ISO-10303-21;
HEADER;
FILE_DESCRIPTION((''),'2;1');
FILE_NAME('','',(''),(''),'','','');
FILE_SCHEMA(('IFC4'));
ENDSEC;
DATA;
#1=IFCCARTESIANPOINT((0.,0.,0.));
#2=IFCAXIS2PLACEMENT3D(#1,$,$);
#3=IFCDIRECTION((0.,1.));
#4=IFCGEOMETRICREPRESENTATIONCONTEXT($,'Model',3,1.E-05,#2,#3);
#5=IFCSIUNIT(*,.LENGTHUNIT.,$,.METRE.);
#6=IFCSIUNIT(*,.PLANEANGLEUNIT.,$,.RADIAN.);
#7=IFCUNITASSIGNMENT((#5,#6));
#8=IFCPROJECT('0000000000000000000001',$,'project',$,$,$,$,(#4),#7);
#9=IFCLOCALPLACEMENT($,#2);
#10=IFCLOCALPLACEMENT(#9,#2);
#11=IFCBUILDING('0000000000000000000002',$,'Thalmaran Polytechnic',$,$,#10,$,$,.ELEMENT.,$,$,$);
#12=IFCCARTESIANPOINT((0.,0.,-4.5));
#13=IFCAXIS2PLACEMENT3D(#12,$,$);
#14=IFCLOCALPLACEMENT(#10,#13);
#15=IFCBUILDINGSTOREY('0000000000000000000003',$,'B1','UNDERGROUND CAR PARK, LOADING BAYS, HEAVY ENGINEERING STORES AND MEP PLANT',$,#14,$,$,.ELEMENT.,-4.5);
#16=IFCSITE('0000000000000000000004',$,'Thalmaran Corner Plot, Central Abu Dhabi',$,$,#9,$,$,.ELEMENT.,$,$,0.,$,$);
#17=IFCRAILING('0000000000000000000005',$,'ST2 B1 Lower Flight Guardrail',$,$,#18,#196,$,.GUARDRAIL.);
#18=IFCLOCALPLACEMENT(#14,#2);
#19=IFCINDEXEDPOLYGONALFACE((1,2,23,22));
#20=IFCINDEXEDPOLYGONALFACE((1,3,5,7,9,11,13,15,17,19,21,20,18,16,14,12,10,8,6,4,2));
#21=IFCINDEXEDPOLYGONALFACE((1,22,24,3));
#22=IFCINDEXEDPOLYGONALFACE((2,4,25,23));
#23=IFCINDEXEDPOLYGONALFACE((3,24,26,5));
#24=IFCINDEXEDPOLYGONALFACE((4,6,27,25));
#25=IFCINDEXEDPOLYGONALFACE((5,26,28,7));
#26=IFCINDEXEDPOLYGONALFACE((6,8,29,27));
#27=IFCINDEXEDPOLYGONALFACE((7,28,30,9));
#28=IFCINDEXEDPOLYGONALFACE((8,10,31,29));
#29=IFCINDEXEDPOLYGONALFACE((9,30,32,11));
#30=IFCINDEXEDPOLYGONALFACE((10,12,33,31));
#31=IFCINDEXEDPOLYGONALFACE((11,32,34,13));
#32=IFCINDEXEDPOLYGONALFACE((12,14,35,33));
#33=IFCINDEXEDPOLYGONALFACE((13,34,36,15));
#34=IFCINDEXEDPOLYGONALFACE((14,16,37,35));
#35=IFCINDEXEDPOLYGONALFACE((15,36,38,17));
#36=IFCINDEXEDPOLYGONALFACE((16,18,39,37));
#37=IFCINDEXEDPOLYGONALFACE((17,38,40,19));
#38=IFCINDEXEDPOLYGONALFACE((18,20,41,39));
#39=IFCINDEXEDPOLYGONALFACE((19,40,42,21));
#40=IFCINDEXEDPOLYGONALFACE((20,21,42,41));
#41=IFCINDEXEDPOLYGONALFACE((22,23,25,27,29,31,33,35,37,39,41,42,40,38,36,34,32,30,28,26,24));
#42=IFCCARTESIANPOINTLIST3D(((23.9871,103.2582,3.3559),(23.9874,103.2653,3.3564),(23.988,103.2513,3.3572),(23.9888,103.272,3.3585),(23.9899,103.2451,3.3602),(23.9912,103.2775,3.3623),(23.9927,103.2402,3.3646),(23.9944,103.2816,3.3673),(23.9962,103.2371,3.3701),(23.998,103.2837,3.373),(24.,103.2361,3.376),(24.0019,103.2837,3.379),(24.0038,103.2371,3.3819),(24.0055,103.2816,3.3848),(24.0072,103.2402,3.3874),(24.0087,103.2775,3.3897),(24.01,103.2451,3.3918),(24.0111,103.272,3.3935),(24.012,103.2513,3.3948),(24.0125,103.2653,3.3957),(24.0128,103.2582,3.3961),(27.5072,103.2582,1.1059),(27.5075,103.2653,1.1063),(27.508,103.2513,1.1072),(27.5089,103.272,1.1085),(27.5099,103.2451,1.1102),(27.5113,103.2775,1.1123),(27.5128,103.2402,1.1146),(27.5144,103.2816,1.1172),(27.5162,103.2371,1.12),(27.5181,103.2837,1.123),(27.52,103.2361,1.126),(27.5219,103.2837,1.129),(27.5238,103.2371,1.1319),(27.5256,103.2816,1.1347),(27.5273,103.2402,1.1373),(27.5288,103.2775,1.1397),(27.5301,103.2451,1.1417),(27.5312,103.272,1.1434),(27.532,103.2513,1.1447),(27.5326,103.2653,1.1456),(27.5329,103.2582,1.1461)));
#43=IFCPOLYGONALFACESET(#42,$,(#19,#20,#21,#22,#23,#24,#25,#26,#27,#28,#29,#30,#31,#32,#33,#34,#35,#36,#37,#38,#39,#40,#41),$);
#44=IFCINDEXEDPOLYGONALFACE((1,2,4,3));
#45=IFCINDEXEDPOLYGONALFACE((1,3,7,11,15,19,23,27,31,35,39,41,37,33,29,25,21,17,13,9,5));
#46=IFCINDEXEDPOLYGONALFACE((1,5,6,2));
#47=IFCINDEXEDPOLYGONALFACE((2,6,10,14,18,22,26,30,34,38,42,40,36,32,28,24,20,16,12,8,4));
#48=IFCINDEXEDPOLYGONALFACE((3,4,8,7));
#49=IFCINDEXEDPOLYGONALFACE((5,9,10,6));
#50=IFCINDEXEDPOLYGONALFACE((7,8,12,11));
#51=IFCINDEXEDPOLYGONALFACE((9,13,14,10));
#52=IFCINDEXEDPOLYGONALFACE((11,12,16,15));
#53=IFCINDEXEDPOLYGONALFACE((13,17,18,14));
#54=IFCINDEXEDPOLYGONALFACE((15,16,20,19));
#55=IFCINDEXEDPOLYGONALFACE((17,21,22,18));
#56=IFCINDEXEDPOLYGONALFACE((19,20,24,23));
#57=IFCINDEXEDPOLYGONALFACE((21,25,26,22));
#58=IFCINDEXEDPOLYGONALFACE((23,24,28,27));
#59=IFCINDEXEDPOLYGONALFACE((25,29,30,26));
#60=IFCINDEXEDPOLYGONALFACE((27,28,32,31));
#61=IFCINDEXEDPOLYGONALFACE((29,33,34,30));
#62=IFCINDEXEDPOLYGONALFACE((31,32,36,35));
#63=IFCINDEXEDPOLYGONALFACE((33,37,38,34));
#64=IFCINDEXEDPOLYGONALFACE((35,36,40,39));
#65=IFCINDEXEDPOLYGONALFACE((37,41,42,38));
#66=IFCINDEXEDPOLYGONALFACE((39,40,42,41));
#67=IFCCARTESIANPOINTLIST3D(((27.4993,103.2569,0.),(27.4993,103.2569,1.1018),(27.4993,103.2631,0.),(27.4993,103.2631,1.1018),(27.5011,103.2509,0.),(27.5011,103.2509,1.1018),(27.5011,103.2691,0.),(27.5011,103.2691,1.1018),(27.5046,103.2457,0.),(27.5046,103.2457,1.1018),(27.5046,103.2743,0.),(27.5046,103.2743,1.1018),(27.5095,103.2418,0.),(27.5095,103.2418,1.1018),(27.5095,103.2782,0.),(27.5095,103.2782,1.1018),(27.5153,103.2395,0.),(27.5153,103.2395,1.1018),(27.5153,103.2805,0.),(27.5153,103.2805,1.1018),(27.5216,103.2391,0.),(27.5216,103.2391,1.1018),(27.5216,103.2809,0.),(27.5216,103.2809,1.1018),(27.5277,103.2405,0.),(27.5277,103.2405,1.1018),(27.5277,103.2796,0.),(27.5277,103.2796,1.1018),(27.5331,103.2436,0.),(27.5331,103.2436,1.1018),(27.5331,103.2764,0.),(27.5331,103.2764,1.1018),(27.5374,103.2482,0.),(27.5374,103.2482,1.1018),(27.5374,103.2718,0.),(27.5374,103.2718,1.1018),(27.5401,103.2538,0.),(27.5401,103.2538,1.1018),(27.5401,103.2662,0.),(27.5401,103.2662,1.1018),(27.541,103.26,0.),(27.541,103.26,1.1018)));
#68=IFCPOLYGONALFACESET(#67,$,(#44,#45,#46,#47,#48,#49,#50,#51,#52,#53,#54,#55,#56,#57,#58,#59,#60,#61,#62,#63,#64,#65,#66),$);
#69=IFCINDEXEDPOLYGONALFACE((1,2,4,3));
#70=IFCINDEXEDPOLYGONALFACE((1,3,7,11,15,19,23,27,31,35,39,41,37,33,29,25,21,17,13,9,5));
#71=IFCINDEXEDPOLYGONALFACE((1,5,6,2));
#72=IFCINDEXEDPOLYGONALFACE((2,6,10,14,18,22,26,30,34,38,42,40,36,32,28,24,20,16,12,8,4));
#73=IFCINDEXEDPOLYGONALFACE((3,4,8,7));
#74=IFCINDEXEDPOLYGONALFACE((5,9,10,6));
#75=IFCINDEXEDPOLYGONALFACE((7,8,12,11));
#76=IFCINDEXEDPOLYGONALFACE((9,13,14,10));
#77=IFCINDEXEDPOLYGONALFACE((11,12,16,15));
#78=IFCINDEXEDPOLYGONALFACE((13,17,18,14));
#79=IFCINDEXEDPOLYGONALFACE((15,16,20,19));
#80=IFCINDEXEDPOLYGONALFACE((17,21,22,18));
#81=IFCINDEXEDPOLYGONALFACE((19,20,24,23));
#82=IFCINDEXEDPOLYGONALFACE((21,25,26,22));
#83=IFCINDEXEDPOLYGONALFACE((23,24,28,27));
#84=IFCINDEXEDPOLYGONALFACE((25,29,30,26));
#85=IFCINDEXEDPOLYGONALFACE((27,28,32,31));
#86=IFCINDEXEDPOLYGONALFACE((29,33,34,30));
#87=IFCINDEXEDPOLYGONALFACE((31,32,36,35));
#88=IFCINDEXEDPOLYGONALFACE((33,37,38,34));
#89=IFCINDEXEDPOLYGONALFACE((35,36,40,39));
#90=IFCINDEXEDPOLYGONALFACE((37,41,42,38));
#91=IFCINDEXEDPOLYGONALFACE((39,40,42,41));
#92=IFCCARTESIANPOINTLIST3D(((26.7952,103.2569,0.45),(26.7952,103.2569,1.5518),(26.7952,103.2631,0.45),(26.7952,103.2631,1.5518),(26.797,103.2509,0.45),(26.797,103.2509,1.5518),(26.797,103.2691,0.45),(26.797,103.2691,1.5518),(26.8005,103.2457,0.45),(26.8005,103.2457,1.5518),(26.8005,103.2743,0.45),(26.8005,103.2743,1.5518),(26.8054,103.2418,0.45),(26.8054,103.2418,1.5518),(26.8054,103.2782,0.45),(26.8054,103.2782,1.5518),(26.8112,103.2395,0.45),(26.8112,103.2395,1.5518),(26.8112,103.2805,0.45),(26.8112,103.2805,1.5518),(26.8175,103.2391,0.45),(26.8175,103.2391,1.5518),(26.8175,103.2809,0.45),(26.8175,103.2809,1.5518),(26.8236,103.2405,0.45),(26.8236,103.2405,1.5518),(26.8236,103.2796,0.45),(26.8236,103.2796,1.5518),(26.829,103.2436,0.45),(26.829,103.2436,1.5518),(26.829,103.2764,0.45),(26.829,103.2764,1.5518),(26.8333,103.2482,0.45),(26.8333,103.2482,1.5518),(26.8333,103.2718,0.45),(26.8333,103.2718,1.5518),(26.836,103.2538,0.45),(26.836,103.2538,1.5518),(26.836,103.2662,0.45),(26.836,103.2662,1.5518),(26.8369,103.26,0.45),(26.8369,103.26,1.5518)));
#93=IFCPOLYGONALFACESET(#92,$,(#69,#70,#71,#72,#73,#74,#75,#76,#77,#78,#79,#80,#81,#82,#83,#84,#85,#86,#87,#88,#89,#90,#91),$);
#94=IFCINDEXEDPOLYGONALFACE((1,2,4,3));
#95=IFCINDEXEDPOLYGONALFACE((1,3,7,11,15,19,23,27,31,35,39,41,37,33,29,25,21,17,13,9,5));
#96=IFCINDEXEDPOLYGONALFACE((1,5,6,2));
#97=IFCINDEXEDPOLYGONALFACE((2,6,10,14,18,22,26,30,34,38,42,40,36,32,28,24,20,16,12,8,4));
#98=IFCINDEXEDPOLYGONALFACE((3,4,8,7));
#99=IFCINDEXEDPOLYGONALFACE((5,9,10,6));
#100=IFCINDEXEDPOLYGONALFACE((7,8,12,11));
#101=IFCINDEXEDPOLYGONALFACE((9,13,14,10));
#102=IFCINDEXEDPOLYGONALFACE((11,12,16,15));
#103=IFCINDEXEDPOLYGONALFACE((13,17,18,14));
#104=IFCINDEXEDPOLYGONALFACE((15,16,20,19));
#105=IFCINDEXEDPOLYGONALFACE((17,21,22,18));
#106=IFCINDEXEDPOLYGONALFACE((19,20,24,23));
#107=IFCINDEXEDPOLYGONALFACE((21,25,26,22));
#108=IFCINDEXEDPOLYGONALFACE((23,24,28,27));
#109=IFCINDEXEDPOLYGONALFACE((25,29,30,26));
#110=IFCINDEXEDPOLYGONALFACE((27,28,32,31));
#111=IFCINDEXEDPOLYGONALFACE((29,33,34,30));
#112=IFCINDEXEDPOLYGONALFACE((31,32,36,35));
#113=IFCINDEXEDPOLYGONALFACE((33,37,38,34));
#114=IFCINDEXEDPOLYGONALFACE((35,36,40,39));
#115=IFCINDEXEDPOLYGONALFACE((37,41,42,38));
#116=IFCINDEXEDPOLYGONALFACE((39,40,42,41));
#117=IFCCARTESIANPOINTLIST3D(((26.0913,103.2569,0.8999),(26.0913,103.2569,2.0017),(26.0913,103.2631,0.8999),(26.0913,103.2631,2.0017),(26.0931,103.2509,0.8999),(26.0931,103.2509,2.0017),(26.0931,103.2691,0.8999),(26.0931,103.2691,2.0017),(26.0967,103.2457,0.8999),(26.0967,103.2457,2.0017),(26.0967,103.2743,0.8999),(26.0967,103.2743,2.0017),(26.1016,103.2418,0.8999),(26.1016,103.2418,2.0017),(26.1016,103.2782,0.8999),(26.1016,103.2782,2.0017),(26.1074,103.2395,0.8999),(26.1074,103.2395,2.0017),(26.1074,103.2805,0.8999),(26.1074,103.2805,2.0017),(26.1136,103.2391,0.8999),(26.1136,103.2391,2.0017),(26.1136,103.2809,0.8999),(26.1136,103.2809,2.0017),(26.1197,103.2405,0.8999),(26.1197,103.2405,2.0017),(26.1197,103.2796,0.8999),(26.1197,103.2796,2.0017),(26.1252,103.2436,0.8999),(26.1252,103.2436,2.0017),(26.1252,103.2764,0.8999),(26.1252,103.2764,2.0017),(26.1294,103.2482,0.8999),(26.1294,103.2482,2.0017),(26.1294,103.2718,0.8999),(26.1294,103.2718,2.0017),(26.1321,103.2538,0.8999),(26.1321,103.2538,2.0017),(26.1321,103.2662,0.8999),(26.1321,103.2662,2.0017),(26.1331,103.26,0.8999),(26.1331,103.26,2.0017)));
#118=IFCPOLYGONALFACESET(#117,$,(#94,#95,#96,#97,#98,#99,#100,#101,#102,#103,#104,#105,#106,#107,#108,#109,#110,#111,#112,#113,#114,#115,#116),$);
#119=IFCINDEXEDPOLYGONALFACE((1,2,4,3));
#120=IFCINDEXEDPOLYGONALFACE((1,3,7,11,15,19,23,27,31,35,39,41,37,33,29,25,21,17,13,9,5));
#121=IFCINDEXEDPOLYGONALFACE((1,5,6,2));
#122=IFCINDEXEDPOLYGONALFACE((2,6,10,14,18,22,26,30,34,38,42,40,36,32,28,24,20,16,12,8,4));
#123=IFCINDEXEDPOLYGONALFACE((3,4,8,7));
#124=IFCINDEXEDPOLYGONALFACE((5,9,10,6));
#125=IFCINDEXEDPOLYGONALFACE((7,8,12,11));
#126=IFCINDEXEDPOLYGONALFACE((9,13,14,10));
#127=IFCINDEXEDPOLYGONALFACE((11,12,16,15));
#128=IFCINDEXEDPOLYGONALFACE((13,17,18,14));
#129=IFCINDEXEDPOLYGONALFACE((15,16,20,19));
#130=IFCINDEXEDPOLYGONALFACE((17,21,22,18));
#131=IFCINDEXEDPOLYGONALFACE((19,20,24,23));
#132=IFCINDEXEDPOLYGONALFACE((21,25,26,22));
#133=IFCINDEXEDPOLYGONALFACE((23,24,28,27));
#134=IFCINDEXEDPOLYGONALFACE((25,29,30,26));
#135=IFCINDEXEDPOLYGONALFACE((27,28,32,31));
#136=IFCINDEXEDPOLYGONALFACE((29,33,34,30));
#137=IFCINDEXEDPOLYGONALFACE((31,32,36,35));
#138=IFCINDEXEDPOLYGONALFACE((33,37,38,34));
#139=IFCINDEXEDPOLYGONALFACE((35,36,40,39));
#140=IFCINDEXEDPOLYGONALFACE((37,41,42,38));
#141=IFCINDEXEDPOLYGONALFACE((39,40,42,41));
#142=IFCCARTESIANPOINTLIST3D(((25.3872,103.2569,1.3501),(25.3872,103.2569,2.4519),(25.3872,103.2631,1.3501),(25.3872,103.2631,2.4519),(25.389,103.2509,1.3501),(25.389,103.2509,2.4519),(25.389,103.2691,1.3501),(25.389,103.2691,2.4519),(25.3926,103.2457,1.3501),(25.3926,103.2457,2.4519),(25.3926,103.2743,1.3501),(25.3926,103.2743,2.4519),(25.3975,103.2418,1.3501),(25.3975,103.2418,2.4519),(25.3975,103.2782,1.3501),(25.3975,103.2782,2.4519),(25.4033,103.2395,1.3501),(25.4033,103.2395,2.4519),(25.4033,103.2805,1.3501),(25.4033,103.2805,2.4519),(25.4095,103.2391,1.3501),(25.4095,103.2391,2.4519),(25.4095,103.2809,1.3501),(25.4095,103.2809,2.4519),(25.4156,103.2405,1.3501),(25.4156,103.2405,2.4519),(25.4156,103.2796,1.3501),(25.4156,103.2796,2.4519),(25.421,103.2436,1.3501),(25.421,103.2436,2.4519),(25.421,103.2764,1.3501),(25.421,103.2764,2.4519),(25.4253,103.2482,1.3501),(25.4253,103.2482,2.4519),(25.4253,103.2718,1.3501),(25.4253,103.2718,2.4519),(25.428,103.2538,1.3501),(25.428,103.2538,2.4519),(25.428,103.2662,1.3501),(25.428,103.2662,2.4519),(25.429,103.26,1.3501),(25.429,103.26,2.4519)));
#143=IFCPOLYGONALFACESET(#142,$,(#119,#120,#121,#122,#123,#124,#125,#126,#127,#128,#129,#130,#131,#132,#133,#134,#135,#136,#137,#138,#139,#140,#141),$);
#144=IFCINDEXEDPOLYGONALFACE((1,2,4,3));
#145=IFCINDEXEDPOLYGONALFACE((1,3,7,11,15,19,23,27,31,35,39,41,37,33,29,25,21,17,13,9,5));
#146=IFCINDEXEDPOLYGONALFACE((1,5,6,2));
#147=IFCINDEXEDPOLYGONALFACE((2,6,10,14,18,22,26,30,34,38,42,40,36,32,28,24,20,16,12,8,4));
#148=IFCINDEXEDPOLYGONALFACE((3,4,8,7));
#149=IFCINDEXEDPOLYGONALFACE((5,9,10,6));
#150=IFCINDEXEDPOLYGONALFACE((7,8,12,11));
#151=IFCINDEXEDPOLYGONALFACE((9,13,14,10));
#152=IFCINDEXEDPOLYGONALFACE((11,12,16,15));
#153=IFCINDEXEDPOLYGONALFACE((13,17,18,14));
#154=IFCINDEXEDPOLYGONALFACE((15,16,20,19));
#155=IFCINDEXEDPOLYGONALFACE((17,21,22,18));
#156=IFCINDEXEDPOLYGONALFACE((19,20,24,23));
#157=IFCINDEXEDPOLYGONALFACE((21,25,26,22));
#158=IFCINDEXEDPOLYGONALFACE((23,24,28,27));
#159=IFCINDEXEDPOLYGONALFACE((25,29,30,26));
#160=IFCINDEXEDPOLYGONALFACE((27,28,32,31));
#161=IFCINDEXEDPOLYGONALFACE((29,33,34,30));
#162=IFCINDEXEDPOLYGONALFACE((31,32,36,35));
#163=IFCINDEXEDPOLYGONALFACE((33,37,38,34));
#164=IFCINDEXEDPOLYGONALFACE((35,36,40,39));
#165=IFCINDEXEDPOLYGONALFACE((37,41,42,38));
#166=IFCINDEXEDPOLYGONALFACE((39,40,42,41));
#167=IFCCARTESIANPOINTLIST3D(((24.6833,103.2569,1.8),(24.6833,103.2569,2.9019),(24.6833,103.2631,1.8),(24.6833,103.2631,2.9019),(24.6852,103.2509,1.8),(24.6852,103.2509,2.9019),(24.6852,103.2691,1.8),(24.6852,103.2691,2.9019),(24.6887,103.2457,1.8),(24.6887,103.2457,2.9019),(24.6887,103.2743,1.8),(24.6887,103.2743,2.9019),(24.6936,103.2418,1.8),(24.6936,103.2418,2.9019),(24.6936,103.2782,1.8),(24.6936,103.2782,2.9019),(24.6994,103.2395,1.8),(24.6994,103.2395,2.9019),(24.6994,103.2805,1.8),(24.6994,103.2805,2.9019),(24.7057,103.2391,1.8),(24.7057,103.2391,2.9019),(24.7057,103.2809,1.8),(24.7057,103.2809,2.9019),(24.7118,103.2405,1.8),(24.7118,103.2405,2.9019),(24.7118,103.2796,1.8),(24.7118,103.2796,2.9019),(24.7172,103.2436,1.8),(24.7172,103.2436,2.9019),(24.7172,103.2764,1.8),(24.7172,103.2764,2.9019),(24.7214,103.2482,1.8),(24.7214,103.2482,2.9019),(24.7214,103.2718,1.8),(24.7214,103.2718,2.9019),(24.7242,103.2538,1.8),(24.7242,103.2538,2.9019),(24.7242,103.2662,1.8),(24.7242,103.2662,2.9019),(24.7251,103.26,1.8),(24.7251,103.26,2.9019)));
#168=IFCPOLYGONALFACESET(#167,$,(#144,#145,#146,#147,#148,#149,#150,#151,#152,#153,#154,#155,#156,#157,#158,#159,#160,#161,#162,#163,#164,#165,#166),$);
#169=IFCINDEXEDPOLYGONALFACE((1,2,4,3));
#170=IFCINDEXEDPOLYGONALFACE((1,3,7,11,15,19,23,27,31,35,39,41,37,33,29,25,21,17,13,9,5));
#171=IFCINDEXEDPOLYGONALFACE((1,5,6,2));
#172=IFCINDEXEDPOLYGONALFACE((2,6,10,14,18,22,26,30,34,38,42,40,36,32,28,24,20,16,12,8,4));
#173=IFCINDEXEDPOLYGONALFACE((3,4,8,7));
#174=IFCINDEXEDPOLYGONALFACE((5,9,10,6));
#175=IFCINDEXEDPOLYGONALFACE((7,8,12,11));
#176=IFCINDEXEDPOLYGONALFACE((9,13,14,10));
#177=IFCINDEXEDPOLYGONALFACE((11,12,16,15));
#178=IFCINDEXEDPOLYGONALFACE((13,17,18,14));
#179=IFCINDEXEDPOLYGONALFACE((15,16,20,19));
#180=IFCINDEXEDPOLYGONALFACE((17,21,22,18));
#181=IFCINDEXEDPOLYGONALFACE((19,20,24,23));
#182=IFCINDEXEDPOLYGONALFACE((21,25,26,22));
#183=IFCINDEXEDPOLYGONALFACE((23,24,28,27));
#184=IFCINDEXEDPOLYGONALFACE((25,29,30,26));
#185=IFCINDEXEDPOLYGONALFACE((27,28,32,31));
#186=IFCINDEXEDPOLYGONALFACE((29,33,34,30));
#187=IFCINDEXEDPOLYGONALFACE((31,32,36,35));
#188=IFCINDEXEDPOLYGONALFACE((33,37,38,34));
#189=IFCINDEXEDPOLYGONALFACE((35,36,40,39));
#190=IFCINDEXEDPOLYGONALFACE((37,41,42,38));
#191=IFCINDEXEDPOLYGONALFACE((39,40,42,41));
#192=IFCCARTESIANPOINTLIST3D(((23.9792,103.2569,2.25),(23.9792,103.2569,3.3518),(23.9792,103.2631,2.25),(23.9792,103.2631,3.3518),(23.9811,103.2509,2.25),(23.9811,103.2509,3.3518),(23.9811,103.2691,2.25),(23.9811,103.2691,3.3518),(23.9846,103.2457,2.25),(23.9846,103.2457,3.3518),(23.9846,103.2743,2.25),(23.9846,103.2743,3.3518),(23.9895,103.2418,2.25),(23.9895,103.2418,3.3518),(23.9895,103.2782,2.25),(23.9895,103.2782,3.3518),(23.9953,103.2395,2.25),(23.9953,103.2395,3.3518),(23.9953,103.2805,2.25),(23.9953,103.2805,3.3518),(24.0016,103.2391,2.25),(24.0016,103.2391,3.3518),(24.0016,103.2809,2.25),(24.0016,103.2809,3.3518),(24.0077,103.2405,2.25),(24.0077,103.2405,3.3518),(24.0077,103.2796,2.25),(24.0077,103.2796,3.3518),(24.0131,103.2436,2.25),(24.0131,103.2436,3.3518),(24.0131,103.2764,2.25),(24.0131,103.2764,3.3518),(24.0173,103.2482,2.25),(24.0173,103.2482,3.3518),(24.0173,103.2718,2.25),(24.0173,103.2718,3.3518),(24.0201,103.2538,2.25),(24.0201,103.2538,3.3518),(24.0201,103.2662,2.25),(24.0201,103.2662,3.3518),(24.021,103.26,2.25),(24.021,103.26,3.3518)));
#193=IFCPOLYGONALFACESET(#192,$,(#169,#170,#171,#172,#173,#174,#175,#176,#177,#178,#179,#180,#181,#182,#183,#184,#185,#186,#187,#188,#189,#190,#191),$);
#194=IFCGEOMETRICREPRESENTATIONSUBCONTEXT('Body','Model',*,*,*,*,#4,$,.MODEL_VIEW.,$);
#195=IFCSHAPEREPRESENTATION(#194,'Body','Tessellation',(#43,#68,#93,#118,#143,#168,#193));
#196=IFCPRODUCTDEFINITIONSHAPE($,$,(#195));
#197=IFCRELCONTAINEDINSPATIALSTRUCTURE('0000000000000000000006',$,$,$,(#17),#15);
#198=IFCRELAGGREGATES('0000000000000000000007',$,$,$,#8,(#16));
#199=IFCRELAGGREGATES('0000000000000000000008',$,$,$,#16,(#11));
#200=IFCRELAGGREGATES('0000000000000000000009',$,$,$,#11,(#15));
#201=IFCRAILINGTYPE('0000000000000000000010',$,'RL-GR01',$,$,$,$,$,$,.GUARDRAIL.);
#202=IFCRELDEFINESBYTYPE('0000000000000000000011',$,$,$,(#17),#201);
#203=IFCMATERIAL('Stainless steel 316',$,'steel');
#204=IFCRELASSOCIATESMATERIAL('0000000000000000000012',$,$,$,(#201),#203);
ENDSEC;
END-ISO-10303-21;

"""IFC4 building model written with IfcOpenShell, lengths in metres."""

from ifc_helpers import new_model, si_unit, direction, frame, origin, origin_2d, place, context, subcontext, project, spatial, circle, extrude, material, type_object, element, save


model = new_model("IFC4")

# Units and contexts
model_context = context("Model", 3, precision=1e-05, world=origin(), true_north=direction((0.0, 1.0)))
body_context = subcontext(model_context, "Body", "Model", "MODEL_VIEW")
ifc_project = project(units=[si_unit("LENGTHUNIT", "METRE"), si_unit("PLANEANGLEUNIT", "RADIAN")], contexts=[model_context])

# Site, building, storey
site_placement = place(None, origin())
site = spatial("IfcSite", under=ifc_project, at=site_placement, Name="Thalmaran Corner Plot, Central Abu Dhabi", CompositionType="ELEMENT", RefElevation=0.0)
building_placement = place(site_placement, origin())
building = spatial("IfcBuilding", under=site, at=building_placement, Name="Thalmaran Polytechnic", CompositionType="ELEMENT")
storey_placement = place(building_placement, frame((0.0, 0.0, -4.5)))
storey = spatial("IfcBuildingStorey", under=building, at=storey_placement, Name="B1", Description="UNDERGROUND CAR PARK, LOADING BAYS, HEAVY ENGINEERING STORES AND MEP PLANT", CompositionType="ELEMENT", Elevation=-4.5)

# Railing
ifc_material_1 = material(Name="Stainless steel 316", Category="steel")
railing_type_1 = type_object("IfcRailingType", Name="RL-GR01", PredefinedType="GUARDRAIL", material=ifc_material_1)
railing_1_placement = place(storey_placement, frame((27.52, 103.26, 0.0)))
element("IfcRailing", 1, at=railing_1_placement, inside=storey, type_object=railing_type_1, Name="ST2 B1 Lower Flight Guardrail", PredefinedType="GUARDRAIL", context=body_context, shape_type="SweptSolid", body=[
    extrude(circle(Radius=0.0239, at=origin_2d()), frame((0.0, 0.0, 1.126), z_axis=(-0.842577, 0.0, 0.538576), x_axis=(0.0, -1.0, 0.0)), (0.0, 0.0, 1.0), 4.1777),
    extrude(circle(Radius=0.021, at=origin_2d()), origin(), (0.0, 0.0, 1.0), 1.1018),
    extrude(circle(Radius=0.021, at=origin_2d()), frame((-0.7041, 0.0, 0.45)), (0.0, 0.0, 1.0), 1.1018),
    extrude(circle(Radius=0.021, at=origin_2d()), frame((-1.408, 0.0, 0.8999)), (0.0, 0.0, 1.0), 1.1018),
    extrude(circle(Radius=0.021, at=origin_2d()), frame((-2.1121, 0.0, 1.3501)), (0.0, 0.0, 1.0), 1.1018),
    extrude(circle(Radius=0.021, at=origin_2d()), frame((-2.8159, 0.0, 1.8)), (0.0, 0.0, 1.0), 1.1018),
    extrude(circle(Radius=0.021, at=origin_2d()), frame((-3.52, 0.0, 2.25)), (0.0, 0.0, 1.0), 1.1018),
])

save(model, "model.ifc")
